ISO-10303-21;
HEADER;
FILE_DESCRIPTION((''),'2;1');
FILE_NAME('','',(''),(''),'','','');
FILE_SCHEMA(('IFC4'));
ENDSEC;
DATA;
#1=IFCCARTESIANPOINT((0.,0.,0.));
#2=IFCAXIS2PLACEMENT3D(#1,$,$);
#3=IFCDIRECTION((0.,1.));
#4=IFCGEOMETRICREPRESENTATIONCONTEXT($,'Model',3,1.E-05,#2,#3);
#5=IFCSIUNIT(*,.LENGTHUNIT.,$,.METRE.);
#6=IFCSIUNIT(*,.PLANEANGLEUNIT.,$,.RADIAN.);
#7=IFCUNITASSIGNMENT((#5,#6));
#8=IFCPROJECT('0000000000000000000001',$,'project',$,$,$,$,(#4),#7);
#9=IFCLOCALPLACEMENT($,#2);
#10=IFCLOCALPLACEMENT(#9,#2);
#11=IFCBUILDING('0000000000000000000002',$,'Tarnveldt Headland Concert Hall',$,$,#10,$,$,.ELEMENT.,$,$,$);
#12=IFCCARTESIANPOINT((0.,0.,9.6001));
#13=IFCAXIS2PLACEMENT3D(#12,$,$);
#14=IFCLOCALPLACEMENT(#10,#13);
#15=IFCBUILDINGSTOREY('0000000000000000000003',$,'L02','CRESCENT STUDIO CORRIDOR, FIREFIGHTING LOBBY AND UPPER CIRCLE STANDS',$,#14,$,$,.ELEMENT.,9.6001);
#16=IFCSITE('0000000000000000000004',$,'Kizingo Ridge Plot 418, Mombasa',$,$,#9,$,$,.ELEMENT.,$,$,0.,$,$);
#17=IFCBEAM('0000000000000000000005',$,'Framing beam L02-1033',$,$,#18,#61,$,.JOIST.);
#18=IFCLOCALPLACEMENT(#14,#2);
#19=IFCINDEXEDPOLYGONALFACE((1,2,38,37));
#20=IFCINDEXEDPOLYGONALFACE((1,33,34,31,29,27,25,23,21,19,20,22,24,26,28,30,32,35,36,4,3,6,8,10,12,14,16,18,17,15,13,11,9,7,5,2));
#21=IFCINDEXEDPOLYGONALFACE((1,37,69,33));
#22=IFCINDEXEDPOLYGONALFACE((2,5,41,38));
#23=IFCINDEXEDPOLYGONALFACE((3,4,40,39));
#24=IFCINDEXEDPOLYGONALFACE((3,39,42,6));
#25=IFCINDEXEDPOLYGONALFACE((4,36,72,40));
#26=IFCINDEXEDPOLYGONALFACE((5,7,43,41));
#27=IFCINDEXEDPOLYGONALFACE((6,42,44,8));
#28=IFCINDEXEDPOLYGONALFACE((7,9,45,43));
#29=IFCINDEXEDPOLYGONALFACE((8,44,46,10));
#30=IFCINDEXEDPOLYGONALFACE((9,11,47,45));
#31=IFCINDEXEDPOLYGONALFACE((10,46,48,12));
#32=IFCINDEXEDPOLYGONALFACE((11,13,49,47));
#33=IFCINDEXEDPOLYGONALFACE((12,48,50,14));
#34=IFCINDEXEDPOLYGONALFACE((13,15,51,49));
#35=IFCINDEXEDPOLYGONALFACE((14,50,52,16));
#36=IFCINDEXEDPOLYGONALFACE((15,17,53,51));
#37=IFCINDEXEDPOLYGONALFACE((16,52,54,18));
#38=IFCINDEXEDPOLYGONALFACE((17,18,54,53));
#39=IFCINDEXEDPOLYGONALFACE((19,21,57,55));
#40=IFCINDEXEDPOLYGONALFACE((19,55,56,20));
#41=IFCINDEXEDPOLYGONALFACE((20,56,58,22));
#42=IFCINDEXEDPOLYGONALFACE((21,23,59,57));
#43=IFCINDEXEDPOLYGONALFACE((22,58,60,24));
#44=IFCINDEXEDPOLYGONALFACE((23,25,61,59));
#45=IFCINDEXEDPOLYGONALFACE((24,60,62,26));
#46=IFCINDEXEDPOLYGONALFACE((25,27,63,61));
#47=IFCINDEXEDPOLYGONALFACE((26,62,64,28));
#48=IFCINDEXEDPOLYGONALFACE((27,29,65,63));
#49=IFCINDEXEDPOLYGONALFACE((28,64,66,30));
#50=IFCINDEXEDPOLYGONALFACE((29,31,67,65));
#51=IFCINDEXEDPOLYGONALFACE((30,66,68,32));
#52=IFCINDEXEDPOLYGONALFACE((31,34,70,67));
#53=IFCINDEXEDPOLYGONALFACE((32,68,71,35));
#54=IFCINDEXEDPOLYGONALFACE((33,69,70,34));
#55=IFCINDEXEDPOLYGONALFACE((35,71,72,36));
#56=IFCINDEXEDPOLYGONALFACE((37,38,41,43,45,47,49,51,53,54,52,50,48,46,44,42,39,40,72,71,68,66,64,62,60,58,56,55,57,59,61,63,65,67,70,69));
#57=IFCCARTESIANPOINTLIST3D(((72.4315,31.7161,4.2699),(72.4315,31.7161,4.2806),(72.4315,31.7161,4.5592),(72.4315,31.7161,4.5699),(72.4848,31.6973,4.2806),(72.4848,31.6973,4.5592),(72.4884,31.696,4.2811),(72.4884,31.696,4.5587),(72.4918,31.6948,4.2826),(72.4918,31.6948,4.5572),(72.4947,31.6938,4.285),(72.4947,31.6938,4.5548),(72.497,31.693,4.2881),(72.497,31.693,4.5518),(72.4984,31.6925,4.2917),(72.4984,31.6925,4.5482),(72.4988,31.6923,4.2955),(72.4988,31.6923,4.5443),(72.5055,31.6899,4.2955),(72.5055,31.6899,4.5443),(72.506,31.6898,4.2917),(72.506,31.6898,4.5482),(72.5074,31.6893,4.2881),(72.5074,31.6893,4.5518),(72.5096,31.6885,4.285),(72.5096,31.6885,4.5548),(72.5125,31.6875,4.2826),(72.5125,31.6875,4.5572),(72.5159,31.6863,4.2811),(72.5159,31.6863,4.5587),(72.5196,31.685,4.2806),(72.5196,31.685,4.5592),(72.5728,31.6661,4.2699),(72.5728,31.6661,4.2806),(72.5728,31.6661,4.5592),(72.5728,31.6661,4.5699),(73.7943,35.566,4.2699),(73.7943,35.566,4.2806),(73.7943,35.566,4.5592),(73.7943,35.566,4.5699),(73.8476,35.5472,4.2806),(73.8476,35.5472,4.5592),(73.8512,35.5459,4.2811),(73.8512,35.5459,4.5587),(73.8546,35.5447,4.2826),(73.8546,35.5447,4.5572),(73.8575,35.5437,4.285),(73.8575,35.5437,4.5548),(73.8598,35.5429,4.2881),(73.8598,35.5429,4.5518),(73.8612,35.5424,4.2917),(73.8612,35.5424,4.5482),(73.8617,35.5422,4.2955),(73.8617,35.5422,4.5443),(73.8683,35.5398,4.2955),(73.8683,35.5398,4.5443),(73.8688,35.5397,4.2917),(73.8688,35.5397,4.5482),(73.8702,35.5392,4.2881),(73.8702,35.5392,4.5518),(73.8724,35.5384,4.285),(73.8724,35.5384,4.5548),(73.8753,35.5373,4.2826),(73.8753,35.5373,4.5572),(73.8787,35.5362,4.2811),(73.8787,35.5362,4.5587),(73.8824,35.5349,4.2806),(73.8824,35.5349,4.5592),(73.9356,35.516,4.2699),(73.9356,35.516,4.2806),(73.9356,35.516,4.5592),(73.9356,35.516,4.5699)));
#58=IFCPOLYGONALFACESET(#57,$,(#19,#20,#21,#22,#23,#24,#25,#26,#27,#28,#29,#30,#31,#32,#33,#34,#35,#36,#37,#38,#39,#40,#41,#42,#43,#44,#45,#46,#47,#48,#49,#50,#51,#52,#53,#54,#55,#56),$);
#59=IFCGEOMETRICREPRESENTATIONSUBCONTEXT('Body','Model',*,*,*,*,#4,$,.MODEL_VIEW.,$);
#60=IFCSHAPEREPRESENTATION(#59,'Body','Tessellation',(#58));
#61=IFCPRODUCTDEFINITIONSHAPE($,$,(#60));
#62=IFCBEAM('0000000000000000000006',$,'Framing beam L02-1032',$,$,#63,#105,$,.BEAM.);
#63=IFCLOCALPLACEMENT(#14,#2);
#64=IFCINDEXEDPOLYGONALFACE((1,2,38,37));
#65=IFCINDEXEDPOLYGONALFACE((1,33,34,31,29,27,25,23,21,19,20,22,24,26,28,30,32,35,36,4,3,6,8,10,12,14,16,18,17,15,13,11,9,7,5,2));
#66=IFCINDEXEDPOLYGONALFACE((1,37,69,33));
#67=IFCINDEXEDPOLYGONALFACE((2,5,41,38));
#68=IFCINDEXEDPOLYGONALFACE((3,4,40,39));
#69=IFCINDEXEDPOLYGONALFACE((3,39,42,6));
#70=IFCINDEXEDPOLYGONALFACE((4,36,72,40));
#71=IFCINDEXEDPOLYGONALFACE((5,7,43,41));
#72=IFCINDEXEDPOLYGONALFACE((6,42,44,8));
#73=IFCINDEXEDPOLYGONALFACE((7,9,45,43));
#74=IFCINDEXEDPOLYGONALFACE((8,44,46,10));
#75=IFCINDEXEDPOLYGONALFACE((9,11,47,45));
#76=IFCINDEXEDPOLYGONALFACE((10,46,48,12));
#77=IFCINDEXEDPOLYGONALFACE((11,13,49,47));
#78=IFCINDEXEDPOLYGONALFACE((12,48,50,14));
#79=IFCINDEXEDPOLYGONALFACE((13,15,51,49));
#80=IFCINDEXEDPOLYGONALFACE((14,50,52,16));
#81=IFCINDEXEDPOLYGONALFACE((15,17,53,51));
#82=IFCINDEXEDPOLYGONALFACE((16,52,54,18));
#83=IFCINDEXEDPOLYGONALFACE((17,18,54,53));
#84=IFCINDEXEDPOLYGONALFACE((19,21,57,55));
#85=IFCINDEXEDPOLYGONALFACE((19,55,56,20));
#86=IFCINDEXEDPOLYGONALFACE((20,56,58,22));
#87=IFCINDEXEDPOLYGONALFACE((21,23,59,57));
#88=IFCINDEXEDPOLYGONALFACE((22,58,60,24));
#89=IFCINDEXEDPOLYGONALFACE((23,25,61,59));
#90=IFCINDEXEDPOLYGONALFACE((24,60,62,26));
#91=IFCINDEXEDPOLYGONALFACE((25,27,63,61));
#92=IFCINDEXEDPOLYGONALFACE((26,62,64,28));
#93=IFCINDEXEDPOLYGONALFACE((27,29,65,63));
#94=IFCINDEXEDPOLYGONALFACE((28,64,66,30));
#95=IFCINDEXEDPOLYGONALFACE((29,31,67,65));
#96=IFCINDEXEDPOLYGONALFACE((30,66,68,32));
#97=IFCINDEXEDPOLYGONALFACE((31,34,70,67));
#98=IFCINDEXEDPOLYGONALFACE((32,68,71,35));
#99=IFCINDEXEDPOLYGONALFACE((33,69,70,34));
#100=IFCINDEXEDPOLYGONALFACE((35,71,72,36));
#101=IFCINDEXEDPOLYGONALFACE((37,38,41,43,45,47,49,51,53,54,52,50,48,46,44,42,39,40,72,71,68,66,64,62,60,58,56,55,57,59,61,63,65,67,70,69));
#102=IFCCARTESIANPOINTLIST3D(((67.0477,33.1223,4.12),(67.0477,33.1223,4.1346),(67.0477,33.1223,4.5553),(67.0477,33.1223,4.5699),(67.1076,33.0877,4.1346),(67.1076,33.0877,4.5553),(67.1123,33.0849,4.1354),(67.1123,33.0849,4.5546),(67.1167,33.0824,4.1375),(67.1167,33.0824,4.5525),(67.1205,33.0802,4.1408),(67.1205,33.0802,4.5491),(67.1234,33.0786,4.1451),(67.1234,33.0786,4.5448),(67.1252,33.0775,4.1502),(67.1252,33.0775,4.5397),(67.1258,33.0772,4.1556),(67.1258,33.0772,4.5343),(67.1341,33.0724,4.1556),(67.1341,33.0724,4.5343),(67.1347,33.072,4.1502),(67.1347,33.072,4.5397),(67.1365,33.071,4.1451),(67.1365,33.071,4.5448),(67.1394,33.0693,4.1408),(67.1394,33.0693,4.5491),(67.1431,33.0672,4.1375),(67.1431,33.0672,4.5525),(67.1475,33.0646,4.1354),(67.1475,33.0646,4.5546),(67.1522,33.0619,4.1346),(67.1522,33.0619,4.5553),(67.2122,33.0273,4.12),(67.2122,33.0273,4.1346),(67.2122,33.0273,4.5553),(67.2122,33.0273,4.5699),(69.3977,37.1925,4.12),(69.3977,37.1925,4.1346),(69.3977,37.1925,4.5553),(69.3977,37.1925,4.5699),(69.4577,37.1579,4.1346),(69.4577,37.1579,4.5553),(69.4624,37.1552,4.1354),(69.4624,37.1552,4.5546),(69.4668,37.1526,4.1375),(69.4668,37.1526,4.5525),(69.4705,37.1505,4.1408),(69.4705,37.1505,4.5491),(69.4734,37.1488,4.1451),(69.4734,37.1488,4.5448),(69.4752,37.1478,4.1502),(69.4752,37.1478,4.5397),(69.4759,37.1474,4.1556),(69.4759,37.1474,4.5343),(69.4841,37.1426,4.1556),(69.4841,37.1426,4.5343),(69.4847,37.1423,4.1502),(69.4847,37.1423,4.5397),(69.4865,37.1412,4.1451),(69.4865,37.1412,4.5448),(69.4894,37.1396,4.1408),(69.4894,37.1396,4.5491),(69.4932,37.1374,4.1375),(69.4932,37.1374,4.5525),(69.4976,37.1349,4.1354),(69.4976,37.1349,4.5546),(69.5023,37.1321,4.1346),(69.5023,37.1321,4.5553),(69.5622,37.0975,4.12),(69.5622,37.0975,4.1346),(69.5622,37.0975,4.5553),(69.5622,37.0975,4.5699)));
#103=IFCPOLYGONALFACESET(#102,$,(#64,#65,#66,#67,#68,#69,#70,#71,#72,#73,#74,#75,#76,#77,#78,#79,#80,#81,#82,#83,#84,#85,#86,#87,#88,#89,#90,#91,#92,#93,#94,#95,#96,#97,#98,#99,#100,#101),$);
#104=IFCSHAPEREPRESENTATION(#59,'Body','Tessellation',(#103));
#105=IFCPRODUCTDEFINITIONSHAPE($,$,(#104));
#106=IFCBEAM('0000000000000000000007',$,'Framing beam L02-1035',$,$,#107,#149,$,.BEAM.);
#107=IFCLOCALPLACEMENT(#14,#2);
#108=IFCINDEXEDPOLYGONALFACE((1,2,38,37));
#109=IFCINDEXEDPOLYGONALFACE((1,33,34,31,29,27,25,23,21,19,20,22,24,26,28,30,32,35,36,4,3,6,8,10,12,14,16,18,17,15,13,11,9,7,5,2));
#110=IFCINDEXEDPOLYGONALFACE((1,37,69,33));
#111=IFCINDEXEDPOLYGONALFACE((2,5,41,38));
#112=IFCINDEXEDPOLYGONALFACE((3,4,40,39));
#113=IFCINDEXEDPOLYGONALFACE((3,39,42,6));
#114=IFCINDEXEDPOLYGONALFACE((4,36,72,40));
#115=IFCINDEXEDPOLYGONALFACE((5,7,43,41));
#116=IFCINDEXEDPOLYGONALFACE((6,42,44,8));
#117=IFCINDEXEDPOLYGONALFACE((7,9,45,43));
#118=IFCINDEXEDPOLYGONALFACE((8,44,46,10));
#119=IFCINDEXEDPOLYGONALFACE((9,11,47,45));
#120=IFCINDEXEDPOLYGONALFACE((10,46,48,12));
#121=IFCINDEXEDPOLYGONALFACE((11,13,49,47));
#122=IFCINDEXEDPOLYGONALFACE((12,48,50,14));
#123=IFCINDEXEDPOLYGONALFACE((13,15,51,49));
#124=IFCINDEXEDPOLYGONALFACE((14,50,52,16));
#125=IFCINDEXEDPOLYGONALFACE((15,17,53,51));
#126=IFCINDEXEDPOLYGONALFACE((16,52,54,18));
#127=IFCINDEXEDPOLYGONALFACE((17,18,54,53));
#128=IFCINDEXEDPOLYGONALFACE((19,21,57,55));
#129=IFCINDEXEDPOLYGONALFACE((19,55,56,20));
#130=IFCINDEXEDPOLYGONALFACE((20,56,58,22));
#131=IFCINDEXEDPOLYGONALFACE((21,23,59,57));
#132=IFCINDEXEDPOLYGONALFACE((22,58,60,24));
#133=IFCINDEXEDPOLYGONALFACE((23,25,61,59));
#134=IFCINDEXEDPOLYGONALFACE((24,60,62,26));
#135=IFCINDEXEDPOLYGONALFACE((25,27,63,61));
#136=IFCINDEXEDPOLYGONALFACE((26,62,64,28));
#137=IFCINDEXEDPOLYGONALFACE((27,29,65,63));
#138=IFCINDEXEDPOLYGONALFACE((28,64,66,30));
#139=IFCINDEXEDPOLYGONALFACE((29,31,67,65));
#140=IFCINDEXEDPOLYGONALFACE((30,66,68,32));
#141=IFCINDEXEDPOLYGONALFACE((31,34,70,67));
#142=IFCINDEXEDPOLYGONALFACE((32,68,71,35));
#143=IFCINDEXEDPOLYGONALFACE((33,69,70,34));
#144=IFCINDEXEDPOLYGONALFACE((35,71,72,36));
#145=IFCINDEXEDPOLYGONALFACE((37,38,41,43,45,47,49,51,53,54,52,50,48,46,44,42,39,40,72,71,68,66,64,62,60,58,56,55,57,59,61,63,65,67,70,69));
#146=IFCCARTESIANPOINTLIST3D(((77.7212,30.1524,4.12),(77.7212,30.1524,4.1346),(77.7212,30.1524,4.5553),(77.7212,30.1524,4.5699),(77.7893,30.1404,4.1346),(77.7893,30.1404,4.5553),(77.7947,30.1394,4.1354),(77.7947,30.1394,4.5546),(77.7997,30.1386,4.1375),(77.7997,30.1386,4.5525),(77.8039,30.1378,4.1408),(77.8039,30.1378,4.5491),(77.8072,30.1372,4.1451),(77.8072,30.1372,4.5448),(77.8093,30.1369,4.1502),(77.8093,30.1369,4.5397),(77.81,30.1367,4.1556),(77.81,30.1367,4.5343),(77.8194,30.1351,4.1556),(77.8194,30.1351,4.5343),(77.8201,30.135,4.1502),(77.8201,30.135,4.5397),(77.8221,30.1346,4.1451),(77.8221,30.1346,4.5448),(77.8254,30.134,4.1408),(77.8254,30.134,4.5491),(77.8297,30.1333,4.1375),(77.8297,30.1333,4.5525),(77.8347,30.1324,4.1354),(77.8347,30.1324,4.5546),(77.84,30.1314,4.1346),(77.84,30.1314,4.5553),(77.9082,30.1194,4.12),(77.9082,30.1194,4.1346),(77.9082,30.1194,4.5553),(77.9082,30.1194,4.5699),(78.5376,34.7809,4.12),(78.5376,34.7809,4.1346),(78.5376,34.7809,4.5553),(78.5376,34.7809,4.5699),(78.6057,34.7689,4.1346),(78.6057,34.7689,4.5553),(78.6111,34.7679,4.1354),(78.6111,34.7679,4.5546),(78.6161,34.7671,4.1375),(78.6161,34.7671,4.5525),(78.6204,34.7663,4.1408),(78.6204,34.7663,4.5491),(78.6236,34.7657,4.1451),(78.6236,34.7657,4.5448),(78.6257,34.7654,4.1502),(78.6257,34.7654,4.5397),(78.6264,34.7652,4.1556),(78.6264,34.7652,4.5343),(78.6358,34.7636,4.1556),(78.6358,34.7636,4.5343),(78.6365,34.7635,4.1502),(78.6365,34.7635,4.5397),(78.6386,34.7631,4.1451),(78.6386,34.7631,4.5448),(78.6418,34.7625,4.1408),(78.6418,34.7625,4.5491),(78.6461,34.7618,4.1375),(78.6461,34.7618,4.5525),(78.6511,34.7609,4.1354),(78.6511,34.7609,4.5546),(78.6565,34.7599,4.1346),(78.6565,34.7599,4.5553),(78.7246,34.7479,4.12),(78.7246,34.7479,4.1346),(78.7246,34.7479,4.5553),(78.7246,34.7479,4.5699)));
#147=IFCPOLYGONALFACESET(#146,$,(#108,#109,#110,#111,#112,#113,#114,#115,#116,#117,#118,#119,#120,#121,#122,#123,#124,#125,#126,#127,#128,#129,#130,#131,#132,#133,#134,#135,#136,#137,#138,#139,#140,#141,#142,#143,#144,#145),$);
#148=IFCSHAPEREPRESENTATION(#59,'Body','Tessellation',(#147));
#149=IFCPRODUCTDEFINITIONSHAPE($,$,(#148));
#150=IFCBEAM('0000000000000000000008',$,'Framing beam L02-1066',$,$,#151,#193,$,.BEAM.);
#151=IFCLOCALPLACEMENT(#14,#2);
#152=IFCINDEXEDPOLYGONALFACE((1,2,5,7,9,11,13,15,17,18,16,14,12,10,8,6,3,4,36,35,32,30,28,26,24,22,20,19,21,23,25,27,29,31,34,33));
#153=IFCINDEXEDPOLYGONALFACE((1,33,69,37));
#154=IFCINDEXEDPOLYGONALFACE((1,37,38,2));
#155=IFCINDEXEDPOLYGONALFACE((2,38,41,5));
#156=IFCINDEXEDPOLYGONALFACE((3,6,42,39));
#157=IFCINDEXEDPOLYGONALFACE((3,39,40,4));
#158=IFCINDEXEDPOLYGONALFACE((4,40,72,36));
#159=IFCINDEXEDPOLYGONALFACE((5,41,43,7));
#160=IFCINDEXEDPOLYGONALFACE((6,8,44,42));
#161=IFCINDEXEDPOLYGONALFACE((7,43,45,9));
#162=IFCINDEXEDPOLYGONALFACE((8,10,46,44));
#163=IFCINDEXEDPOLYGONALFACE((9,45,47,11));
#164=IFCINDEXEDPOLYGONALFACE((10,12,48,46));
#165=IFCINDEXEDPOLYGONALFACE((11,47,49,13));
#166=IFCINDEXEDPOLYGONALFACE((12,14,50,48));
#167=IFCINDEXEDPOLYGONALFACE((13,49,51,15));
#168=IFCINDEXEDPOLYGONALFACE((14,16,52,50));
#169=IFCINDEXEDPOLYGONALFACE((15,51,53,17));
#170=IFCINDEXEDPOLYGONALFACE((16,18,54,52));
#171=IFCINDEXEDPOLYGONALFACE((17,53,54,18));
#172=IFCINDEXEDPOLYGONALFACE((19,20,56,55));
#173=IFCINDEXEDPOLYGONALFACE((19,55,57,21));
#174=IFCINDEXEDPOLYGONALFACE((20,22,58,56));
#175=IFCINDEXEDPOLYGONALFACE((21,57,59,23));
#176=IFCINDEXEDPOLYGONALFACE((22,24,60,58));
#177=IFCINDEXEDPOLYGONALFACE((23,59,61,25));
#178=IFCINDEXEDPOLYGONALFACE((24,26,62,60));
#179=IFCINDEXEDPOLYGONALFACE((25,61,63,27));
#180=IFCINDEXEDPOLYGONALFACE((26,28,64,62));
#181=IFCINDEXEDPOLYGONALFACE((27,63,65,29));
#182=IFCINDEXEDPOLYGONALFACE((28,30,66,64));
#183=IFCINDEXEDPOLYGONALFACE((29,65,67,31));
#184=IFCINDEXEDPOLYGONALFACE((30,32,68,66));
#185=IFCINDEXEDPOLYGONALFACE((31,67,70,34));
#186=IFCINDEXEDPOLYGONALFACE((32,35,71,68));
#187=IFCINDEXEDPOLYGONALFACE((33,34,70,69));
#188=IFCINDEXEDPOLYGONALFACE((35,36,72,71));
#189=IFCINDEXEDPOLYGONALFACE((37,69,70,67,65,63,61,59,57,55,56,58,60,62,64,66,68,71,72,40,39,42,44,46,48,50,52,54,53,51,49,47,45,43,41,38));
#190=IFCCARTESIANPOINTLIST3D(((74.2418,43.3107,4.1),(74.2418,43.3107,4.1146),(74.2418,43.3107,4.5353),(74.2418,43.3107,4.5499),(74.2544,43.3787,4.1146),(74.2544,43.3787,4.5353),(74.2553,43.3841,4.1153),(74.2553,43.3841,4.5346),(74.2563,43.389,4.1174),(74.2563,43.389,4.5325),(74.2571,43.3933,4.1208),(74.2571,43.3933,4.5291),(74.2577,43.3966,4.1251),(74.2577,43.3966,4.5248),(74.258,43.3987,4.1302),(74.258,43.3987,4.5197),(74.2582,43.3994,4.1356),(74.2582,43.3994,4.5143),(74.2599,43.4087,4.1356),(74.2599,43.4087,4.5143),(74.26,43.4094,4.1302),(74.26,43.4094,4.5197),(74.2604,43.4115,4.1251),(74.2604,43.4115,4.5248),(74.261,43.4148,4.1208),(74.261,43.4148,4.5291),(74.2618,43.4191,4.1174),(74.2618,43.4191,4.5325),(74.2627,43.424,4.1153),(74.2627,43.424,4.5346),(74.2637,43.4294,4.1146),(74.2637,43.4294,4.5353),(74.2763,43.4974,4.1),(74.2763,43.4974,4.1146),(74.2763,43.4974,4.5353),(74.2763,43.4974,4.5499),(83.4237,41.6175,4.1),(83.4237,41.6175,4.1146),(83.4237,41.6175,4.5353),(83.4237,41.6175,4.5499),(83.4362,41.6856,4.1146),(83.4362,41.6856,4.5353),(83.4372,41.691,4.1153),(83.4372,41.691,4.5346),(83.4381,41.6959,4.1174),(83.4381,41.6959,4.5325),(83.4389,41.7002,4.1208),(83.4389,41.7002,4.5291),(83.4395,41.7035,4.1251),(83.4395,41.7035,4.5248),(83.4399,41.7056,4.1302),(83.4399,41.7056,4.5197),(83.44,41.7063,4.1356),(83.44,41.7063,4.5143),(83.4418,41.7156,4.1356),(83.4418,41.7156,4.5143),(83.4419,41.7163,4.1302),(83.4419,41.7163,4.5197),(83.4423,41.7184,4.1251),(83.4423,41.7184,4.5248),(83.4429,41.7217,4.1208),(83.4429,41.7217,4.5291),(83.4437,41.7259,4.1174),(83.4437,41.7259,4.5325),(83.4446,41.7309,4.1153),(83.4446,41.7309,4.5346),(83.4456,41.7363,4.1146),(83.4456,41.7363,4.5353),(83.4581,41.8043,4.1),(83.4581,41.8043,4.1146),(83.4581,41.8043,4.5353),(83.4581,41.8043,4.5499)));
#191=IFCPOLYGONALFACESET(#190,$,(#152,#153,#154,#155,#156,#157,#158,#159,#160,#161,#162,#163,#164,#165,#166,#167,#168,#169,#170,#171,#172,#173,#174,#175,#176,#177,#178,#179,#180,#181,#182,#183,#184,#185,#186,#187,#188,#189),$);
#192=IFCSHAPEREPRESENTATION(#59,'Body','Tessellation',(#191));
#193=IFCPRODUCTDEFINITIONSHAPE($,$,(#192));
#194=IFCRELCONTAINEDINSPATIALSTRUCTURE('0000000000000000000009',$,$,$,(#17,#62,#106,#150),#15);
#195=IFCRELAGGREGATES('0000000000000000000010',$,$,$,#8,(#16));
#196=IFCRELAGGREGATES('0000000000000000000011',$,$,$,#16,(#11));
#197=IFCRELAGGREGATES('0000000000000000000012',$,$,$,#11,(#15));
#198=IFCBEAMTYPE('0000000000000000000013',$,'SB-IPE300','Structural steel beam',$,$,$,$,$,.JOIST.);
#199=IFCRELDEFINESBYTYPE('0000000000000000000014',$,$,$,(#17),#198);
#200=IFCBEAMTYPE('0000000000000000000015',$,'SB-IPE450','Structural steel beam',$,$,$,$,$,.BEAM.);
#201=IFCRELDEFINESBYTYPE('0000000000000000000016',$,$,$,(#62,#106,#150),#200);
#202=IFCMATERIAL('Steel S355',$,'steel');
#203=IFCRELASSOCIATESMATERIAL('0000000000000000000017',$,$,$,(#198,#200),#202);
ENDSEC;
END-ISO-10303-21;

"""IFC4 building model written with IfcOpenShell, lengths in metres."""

from ifc_helpers import new_model, si_unit, direction, frame, origin, origin_2d, place, context, subcontext, project, spatial, i_section, extrude, material, material_profile, profile_set, type_object, element, save


model = new_model("IFC4")

# Units and contexts
model_context = context("Model", 3, precision=1e-05, world=origin(), true_north=direction((0.0, 1.0)))
body_context = subcontext(model_context, "Body", "Model", "MODEL_VIEW")
ifc_project = project(units=[si_unit("LENGTHUNIT", "METRE"), si_unit("PLANEANGLEUNIT", "RADIAN")], contexts=[model_context])

# Site, building, storey
site_placement = place(None, origin())
site = spatial("IfcSite", under=ifc_project, at=site_placement, Name="Kizingo Ridge Plot 418, Mombasa", CompositionType="ELEMENT", RefElevation=0.0)
building_placement = place(site_placement, origin())
building = spatial("IfcBuilding", under=site, at=building_placement, Name="Tarnveldt Headland Concert Hall", CompositionType="ELEMENT")
storey_placement = place(building_placement, frame((0.0, 0.0, 9.6001)))
storey = spatial("IfcBuildingStorey", under=building, at=storey_placement, Name="L02", Description="CRESCENT STUDIO CORRIDOR, FIREFIGHTING LOBBY AND UPPER CIRCLE STANDS", CompositionType="ELEMENT", Elevation=9.6001)

# Shared definitions
ifc_material_1 = material(Name="Steel S355", Category="steel")

# Beams
ifc_material_profile_1 = material_profile(ifc_material_1, i_section(OverallWidth=0.1499, OverallDepth=0.3, WebThickness=0.0071, FlangeThickness=0.0107, FilletRadius=0.0149, at=origin_2d()), Name="IPE300", Category="steel")
ifc_profile_set_1 = profile_set([ifc_material_profile_1], Name="Steel S355")
beam_type_1 = type_object("IfcBeamType", Name="SB-IPE300", Description="Structural steel beam", PredefinedType="JOIST", material=ifc_profile_set_1)
beam_1_placement = place(storey_placement, frame((73.865, 35.541, 4.4199), z_axis=(-0.333696, -0.942681, 0.0), x_axis=(0.942681, -0.333696, 0.0)))
element("IfcBeam", 1, at=beam_1_placement, inside=storey, type_object=beam_type_1, Name="Framing beam L02-1033", PredefinedType="JOIST", context=body_context, shape_type="SweptSolid", body=[
    extrude(i_section(OverallWidth=0.1499, OverallDepth=0.3, WebThickness=0.0071, FlangeThickness=0.0107, FilletRadius=0.0149, at=origin_2d()), origin(), (0.0, 0.0, 1.0), 4.084),
])
ifc_material_profile_2 = material_profile(ifc_material_1, i_section(OverallWidth=0.1899, OverallDepth=0.45, WebThickness=0.0095, FlangeThickness=0.0146, FilletRadius=0.021, at=origin_2d()), Name="IPE450", Category="steel")
ifc_profile_set_2 = profile_set([ifc_material_profile_2], Name="Steel S355")
beam_type_2 = type_object("IfcBeamType", Name="SB-IPE450", Description="Structural steel beam", PredefinedType="BEAM", material=ifc_profile_set_2)
for number, where, z_axis, x_axis, name in (
    (2, (69.48, 37.145, 4.345), (-0.500016, -0.866016, 0.0), (0.866016, -0.500016, 0.0), "Framing beam L02-1032"),
    (3, (78.6311, 34.7644, 4.345), (-0.173708, -0.984797, 0.0), (0.984797, -0.173708, 0.0), "Framing beam L02-1035"),
):
    element("IfcBeam", number, at=place(storey_placement, frame(where, z_axis=z_axis, x_axis=x_axis)), inside=storey, type_object=beam_type_2, Name=name, PredefinedType="BEAM", context=body_context, shape_type="SweptSolid", body=[
        extrude(i_section(OverallWidth=0.1899, OverallDepth=0.45, WebThickness=0.0095, FlangeThickness=0.0146, FilletRadius=0.021, at=origin_2d()), origin(), (0.0, 0.0, 1.0), 4.7),
    ])
beam_2_placement = place(storey_placement, frame((74.259, 43.4041, 4.325), z_axis=(0.98342, -0.18134, 0.0), x_axis=(0.18134, 0.98342, 0.0)))
element("IfcBeam", 4, at=beam_2_placement, inside=storey, type_object=beam_type_2, Name="Framing beam L02-1066", PredefinedType="BEAM", context=body_context, shape_type="SweptSolid", body=[
    extrude(i_section(OverallWidth=0.1899, OverallDepth=0.45, WebThickness=0.0095, FlangeThickness=0.0146, FilletRadius=0.021, at=origin_2d()), origin(), (0.0, 0.0, 1.0), 9.3367),
])

save(model, "model.ifc")
